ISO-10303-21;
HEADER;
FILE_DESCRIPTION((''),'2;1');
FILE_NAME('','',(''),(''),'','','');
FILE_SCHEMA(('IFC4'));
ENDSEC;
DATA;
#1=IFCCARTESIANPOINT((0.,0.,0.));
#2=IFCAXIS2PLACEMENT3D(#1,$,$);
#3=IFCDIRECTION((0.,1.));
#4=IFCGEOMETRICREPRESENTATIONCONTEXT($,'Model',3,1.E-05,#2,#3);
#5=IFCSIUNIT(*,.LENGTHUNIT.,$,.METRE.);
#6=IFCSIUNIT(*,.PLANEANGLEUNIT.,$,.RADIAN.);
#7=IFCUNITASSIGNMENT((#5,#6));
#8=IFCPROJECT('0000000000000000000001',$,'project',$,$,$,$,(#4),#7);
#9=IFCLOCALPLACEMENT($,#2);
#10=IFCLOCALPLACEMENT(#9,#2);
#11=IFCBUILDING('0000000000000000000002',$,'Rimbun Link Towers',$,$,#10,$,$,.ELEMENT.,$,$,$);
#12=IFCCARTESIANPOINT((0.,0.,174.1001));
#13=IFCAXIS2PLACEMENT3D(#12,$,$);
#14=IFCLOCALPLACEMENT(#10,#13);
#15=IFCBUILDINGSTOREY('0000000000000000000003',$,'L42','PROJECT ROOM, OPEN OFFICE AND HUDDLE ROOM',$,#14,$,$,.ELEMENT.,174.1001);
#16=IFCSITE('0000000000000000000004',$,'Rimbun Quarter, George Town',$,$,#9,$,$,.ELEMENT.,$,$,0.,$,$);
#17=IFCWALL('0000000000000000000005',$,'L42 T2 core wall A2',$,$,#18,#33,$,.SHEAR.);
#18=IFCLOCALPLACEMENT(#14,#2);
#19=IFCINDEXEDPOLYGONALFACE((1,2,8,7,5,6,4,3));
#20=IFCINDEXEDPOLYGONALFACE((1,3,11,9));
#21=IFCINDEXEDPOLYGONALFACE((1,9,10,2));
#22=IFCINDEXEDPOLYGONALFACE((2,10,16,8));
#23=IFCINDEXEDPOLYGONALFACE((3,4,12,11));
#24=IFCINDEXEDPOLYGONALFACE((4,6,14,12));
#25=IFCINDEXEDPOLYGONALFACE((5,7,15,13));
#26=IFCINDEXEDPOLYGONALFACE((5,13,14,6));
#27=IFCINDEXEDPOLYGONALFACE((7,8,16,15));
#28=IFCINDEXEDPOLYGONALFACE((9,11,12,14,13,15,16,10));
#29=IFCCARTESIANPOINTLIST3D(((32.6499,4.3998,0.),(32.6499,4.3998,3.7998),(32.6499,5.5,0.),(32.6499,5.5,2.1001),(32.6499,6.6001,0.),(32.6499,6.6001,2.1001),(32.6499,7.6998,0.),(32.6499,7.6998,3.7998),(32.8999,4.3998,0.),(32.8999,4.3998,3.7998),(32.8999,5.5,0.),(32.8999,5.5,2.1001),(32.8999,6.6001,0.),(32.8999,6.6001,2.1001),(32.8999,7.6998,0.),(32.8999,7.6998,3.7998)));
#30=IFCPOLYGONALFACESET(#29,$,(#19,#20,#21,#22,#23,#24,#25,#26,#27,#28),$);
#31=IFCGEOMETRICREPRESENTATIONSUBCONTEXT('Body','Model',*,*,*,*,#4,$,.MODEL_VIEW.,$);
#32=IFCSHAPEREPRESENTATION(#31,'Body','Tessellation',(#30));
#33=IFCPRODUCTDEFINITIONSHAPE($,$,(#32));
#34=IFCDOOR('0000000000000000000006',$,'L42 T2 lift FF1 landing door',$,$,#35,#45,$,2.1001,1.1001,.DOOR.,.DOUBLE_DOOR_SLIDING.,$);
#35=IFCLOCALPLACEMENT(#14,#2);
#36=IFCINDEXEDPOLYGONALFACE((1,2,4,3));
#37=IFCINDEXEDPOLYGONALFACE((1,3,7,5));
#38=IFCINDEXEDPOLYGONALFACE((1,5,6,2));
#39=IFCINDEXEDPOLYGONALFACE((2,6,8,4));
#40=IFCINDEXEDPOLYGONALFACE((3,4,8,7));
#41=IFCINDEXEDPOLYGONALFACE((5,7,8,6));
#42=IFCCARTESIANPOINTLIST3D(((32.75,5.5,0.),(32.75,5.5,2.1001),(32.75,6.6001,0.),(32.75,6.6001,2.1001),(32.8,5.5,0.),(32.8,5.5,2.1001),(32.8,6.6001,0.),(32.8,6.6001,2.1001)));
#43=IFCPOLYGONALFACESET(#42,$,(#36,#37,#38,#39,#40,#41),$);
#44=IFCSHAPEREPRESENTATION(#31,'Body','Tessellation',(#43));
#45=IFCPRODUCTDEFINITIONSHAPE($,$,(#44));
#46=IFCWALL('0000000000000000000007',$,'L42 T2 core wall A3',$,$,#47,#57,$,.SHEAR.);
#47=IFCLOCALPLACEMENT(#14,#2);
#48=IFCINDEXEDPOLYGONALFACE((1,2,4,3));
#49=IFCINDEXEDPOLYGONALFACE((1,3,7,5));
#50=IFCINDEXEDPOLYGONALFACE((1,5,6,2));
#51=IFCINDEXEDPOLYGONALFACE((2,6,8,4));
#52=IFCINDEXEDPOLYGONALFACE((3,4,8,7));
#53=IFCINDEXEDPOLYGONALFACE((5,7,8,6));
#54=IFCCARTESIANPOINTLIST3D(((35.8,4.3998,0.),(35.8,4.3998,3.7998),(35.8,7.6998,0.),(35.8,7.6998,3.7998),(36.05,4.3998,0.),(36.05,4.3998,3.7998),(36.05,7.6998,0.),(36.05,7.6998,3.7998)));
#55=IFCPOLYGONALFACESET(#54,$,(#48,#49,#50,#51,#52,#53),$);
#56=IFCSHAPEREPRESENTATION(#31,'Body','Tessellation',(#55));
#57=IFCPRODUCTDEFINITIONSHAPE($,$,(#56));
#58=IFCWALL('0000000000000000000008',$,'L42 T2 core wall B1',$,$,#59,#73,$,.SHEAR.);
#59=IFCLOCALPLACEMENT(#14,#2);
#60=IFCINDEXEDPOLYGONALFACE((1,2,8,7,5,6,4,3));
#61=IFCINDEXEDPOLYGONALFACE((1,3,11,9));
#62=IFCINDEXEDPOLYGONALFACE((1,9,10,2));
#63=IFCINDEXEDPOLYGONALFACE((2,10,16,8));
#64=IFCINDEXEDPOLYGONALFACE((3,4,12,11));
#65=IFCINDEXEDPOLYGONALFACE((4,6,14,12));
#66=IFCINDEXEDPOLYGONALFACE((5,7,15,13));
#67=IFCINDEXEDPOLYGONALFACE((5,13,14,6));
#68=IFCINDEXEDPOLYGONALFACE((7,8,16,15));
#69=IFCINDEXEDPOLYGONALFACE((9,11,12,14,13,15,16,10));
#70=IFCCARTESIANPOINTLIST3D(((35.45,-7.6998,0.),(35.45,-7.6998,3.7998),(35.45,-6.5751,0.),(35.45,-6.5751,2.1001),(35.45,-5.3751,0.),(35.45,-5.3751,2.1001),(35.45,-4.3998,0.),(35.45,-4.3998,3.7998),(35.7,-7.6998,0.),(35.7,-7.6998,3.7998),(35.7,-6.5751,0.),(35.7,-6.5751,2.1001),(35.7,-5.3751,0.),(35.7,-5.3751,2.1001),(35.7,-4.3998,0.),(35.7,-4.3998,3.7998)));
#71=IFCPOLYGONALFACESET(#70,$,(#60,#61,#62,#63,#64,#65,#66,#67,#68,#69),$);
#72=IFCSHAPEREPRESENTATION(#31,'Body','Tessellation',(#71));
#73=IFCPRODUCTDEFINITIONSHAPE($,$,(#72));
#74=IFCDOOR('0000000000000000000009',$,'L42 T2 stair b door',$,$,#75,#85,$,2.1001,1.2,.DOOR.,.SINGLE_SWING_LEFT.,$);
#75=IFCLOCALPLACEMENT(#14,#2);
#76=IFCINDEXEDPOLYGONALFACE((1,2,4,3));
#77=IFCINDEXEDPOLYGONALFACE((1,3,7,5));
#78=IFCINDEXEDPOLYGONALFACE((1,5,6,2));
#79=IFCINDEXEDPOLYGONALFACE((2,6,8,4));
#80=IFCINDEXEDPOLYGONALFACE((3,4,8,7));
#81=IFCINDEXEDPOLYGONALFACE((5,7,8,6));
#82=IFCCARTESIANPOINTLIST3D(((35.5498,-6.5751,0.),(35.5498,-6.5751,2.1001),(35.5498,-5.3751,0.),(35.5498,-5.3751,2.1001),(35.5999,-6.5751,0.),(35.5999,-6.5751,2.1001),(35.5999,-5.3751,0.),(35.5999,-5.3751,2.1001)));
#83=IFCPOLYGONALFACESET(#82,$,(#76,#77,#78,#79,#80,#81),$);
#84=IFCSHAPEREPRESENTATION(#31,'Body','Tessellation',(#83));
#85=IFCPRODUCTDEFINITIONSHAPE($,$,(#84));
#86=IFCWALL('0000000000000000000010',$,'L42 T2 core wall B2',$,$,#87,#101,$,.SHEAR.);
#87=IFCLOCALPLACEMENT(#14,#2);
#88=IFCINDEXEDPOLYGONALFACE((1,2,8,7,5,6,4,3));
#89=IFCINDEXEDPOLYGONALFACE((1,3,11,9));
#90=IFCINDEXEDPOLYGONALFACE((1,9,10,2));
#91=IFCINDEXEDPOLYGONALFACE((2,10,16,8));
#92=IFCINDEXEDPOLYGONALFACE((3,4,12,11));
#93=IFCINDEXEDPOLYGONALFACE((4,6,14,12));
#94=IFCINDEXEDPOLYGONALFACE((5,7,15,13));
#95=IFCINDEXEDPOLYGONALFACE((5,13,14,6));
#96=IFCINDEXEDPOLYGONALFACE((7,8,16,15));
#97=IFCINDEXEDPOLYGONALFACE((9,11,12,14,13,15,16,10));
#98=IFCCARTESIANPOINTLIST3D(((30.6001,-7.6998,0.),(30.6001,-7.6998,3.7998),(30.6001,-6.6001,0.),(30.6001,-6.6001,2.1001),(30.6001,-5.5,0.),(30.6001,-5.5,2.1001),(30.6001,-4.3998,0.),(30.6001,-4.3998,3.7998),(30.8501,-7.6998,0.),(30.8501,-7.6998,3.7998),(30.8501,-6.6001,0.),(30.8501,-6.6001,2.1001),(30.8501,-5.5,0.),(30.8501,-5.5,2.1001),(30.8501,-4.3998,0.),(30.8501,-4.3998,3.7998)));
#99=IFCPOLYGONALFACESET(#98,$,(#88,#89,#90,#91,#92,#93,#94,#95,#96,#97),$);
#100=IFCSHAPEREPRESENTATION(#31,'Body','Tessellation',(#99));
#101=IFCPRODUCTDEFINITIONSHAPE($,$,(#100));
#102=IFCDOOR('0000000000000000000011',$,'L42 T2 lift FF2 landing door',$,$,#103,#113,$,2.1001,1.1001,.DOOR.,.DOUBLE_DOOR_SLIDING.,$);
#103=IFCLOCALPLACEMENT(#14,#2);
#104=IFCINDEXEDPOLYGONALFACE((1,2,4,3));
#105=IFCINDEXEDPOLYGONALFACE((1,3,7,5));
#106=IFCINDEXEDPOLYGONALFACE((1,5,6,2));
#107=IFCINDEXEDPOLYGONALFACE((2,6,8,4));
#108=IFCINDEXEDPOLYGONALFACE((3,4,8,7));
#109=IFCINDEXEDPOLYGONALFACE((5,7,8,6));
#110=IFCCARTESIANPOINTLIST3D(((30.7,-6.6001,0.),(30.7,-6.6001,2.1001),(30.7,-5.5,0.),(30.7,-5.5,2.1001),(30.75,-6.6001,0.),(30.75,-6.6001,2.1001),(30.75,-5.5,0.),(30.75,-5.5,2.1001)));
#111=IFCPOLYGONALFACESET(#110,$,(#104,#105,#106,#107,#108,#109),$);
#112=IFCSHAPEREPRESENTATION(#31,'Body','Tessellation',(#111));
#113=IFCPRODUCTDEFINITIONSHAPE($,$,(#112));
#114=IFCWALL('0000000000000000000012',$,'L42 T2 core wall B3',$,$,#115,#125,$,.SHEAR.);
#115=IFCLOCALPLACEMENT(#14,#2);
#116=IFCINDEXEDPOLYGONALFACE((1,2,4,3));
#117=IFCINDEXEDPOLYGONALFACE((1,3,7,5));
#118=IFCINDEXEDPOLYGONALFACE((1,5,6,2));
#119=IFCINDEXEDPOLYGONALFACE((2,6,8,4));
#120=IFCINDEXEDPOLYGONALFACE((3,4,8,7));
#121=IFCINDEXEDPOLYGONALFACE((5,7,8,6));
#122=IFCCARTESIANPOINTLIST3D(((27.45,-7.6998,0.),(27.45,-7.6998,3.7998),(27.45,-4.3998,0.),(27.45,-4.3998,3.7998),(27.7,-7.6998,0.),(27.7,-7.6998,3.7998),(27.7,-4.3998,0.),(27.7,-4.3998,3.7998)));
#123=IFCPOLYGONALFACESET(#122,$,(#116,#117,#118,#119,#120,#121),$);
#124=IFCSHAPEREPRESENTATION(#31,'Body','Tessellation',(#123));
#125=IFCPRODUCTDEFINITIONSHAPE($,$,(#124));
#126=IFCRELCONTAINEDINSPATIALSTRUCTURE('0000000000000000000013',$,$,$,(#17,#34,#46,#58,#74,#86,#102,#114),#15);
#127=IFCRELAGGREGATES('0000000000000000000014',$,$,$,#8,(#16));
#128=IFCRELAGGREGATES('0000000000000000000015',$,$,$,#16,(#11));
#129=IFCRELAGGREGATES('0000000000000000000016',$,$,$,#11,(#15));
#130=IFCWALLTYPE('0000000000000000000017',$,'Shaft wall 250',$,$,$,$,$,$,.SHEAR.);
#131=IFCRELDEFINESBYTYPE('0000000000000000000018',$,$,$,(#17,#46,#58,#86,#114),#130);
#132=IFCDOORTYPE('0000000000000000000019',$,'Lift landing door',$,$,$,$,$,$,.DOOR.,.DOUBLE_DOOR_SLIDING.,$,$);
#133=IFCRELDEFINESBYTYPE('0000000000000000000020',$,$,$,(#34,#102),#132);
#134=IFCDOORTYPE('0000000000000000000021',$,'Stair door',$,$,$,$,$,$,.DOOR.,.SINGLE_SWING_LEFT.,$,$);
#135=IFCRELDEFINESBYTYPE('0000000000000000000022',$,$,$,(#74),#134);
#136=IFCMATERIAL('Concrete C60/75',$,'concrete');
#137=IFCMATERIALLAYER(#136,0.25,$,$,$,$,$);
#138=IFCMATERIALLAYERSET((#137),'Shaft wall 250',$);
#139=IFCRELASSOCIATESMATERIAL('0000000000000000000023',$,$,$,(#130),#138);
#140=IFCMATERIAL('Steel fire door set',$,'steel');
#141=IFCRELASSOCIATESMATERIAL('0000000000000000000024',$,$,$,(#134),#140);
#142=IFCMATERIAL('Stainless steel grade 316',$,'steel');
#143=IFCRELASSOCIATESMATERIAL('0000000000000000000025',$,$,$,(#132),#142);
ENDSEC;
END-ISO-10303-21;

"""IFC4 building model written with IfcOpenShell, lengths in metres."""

from ifc_helpers import new_model, si_unit, direction, frame, frame_2d, origin, place, context, subcontext, project, spatial, rectangle, extrude, material, layer, layer_set, type_object, element, fill, save


model = new_model("IFC4")

# Units and contexts
model_context = context("Model", 3, precision=1e-05, world=origin(), true_north=direction((0.0, 1.0)))
body_context = subcontext(model_context, "Body", "Model", "MODEL_VIEW")
ifc_project = project(units=[si_unit("LENGTHUNIT", "METRE"), si_unit("PLANEANGLEUNIT", "RADIAN")], contexts=[model_context])

# Site, building, storey
site_placement = place(None, origin())
site = spatial("IfcSite", under=ifc_project, at=site_placement, Name="Rimbun Quarter, George Town", CompositionType="ELEMENT", RefElevation=0.0)
building_placement = place(site_placement, origin())
building = spatial("IfcBuilding", under=site, at=building_placement, Name="Rimbun Link Towers", CompositionType="ELEMENT")
storey_placement = place(building_placement, frame((0.0, 0.0, 174.1001)))
storey = spatial("IfcBuildingStorey", under=building, at=storey_placement, Name="L42", Description="PROJECT ROOM, OPEN OFFICE AND HUDDLE ROOM", CompositionType="ELEMENT", Elevation=174.1001)

# Shared definitions
ifc_material_1 = material(Name="Concrete C60/75", Category="concrete")
ifc_layer = layer(ifc_material_1, 0.25)
ifc_layer_set = layer_set([ifc_layer], Name="Shaft wall 250")
wall_type = type_object("IfcWallType", Name="Shaft wall 250", PredefinedType="SHEAR", material=ifc_layer_set)

# Wall, opening, door
ifc_material_2 = material(Name="Steel fire door set", Category="steel")
door_type_1 = type_object("IfcDoorType", Name="Stair door", OperationType="SINGLE_SWING_LEFT", PredefinedType="DOOR", material=ifc_material_2)
wall_1_placement = place(storey_placement, frame((32.7749, 4.3999, 0.0), z_axis=(0.0, 0.0, 1.0), x_axis=(0.0, 1.0, 0.0)))
wall_1 = element("IfcWall", 1, at=wall_1_placement, inside=storey, type_object=wall_type, Name="L42 T2 core wall A2", PredefinedType="SHEAR", context=body_context, shape_type="SweptSolid", body=[
    extrude(rectangle(XDim=3.3, YDim=0.25, at=frame_2d((1.6499, 0.0))), origin(), (0.0, 0.0, 1.0), 3.7998),
])
opening_1_placement = place(wall_1_placement, frame((1.1001, 0.0, 0.0)))
opening_1 = element("IfcOpeningElement", 2, at=opening_1_placement, cuts=wall_1, PredefinedType="OPENING", context=body_context, shape_type="SweptSolid", body=[
    extrude(rectangle(XDim=1.1001, YDim=2.1001, at=frame_2d((0.55, 1.05))), frame((0.0, 0.135, 0.0), z_axis=(0.0, -1.0, 0.0), x_axis=(1.0, 0.0, 0.0)), (0.0, 0.0, 1.0), 0.27),
])
ifc_material_3 = material(Name="Stainless steel grade 316", Category="steel")
door_type_2 = type_object("IfcDoorType", Name="Lift landing door", OperationType="DOUBLE_DOOR_SLIDING", PredefinedType="DOOR", material=ifc_material_3)
door_1_placement = place(opening_1_placement, origin())
door_1 = element("IfcDoor", 3, at=door_1_placement, inside=storey, type_object=door_type_2, Name="L42 T2 lift FF1 landing door", OperationType="DOUBLE_DOOR_SLIDING", OverallHeight=2.1001, OverallWidth=1.1001, PredefinedType="DOOR", context=body_context, shape_type="SweptSolid", body=[
    extrude(rectangle(XDim=1.1001, YDim=2.1001, at=frame_2d((0.55, 1.05))), frame((0.0, 0.0249, 0.0), z_axis=(0.0, -1.0, 0.0), x_axis=(1.0, 0.0, 0.0)), (0.0, 0.0, 1.0), 0.05),
])
fill(opening_1, door_1)

# Wall
wall_2_placement = place(storey_placement, frame((35.925, 4.3999, 0.0), z_axis=(0.0, 0.0, 1.0), x_axis=(0.0, 1.0, 0.0)))
element("IfcWall", 4, at=wall_2_placement, inside=storey, type_object=wall_type, Name="L42 T2 core wall A3", PredefinedType="SHEAR", context=body_context, shape_type="SweptSolid", body=[
    extrude(rectangle(XDim=3.3, YDim=0.25, at=frame_2d((1.6499, 0.0))), origin(), (0.0, 0.0, 1.0), 3.7998),
])

# Walls, openings, doors
wall_3_placement = place(storey_placement, frame((35.575, -4.3999, 0.0), z_axis=(0.0, 0.0, 1.0), x_axis=(0.0, -1.0, 0.0)))
wall_3 = element("IfcWall", 5, at=wall_3_placement, inside=storey, type_object=wall_type, Name="L42 T2 core wall B1", PredefinedType="SHEAR", context=body_context, shape_type="SweptSolid", body=[
    extrude(rectangle(XDim=3.3, YDim=0.25, at=frame_2d((1.6499, 0.0))), origin(), (0.0, 0.0, 1.0), 3.7998),
])
opening_2_placement = place(wall_3_placement, frame((0.9751, 0.0, 0.0)))
opening_2 = element("IfcOpeningElement", 6, at=opening_2_placement, cuts=wall_3, PredefinedType="OPENING", context=body_context, shape_type="SweptSolid", body=[
    extrude(rectangle(XDim=1.2, YDim=2.1001, at=frame_2d((0.6001, 1.05))), frame((0.0, 0.135, 0.0), z_axis=(0.0, -1.0, 0.0), x_axis=(1.0, 0.0, 0.0)), (0.0, 0.0, 1.0), 0.27),
])
door_2_placement = place(opening_2_placement, origin())
door_2 = element("IfcDoor", 7, at=door_2_placement, inside=storey, type_object=door_type_1, Name="L42 T2 stair b door", OperationType="SINGLE_SWING_LEFT", OverallHeight=2.1001, OverallWidth=1.2, PredefinedType="DOOR", context=body_context, shape_type="SweptSolid", body=[
    extrude(rectangle(XDim=1.2, YDim=2.1001, at=frame_2d((0.6001, 1.05))), frame((0.0, 0.0249, 0.0), z_axis=(0.0, -1.0, 0.0), x_axis=(1.0, 0.0, 0.0)), (0.0, 0.0, 1.0), 0.05),
])
fill(opening_2, door_2)
wall_4_placement = place(storey_placement, frame((30.7251, -4.3999, 0.0), z_axis=(0.0, 0.0, 1.0), x_axis=(0.0, -1.0, 0.0)))
wall_4 = element("IfcWall", 8, at=wall_4_placement, inside=storey, type_object=wall_type, Name="L42 T2 core wall B2", PredefinedType="SHEAR", context=body_context, shape_type="SweptSolid", body=[
    extrude(rectangle(XDim=3.3, YDim=0.25, at=frame_2d((1.6499, 0.0))), origin(), (0.0, 0.0, 1.0), 3.7998),
])
opening_3_placement = place(wall_4_placement, frame((1.1001, 0.0, 0.0)))
opening_3 = element("IfcOpeningElement", 9, at=opening_3_placement, cuts=wall_4, PredefinedType="OPENING", context=body_context, shape_type="SweptSolid", body=[
    extrude(rectangle(XDim=1.1001, YDim=2.1001, at=frame_2d((0.55, 1.05))), frame((0.0, 0.135, 0.0), z_axis=(0.0, -1.0, 0.0), x_axis=(1.0, 0.0, 0.0)), (0.0, 0.0, 1.0), 0.27),
])
door_3_placement = place(opening_3_placement, origin())
door_3 = element("IfcDoor", 10, at=door_3_placement, inside=storey, type_object=door_type_2, Name="L42 T2 lift FF2 landing door", OperationType="DOUBLE_DOOR_SLIDING", OverallHeight=2.1001, OverallWidth=1.1001, PredefinedType="DOOR", context=body_context, shape_type="SweptSolid", body=[
    extrude(rectangle(XDim=1.1001, YDim=2.1001, at=frame_2d((0.55, 1.05))), frame((0.0, 0.0249, 0.0), z_axis=(0.0, -1.0, 0.0), x_axis=(1.0, 0.0, 0.0)), (0.0, 0.0, 1.0), 0.05),
])
fill(opening_3, door_3)

# Wall
wall_5_placement = place(storey_placement, frame((27.575, -4.3999, 0.0), z_axis=(0.0, 0.0, 1.0), x_axis=(0.0, -1.0, 0.0)))
element("IfcWall", 11, at=wall_5_placement, inside=storey, type_object=wall_type, Name="L42 T2 core wall B3", PredefinedType="SHEAR", context=body_context, shape_type="SweptSolid", body=[
    extrude(rectangle(XDim=3.3, YDim=0.25, at=frame_2d((1.6499, 0.0))), origin(), (0.0, 0.0, 1.0), 3.7998),
])

save(model, "model.ifc")
